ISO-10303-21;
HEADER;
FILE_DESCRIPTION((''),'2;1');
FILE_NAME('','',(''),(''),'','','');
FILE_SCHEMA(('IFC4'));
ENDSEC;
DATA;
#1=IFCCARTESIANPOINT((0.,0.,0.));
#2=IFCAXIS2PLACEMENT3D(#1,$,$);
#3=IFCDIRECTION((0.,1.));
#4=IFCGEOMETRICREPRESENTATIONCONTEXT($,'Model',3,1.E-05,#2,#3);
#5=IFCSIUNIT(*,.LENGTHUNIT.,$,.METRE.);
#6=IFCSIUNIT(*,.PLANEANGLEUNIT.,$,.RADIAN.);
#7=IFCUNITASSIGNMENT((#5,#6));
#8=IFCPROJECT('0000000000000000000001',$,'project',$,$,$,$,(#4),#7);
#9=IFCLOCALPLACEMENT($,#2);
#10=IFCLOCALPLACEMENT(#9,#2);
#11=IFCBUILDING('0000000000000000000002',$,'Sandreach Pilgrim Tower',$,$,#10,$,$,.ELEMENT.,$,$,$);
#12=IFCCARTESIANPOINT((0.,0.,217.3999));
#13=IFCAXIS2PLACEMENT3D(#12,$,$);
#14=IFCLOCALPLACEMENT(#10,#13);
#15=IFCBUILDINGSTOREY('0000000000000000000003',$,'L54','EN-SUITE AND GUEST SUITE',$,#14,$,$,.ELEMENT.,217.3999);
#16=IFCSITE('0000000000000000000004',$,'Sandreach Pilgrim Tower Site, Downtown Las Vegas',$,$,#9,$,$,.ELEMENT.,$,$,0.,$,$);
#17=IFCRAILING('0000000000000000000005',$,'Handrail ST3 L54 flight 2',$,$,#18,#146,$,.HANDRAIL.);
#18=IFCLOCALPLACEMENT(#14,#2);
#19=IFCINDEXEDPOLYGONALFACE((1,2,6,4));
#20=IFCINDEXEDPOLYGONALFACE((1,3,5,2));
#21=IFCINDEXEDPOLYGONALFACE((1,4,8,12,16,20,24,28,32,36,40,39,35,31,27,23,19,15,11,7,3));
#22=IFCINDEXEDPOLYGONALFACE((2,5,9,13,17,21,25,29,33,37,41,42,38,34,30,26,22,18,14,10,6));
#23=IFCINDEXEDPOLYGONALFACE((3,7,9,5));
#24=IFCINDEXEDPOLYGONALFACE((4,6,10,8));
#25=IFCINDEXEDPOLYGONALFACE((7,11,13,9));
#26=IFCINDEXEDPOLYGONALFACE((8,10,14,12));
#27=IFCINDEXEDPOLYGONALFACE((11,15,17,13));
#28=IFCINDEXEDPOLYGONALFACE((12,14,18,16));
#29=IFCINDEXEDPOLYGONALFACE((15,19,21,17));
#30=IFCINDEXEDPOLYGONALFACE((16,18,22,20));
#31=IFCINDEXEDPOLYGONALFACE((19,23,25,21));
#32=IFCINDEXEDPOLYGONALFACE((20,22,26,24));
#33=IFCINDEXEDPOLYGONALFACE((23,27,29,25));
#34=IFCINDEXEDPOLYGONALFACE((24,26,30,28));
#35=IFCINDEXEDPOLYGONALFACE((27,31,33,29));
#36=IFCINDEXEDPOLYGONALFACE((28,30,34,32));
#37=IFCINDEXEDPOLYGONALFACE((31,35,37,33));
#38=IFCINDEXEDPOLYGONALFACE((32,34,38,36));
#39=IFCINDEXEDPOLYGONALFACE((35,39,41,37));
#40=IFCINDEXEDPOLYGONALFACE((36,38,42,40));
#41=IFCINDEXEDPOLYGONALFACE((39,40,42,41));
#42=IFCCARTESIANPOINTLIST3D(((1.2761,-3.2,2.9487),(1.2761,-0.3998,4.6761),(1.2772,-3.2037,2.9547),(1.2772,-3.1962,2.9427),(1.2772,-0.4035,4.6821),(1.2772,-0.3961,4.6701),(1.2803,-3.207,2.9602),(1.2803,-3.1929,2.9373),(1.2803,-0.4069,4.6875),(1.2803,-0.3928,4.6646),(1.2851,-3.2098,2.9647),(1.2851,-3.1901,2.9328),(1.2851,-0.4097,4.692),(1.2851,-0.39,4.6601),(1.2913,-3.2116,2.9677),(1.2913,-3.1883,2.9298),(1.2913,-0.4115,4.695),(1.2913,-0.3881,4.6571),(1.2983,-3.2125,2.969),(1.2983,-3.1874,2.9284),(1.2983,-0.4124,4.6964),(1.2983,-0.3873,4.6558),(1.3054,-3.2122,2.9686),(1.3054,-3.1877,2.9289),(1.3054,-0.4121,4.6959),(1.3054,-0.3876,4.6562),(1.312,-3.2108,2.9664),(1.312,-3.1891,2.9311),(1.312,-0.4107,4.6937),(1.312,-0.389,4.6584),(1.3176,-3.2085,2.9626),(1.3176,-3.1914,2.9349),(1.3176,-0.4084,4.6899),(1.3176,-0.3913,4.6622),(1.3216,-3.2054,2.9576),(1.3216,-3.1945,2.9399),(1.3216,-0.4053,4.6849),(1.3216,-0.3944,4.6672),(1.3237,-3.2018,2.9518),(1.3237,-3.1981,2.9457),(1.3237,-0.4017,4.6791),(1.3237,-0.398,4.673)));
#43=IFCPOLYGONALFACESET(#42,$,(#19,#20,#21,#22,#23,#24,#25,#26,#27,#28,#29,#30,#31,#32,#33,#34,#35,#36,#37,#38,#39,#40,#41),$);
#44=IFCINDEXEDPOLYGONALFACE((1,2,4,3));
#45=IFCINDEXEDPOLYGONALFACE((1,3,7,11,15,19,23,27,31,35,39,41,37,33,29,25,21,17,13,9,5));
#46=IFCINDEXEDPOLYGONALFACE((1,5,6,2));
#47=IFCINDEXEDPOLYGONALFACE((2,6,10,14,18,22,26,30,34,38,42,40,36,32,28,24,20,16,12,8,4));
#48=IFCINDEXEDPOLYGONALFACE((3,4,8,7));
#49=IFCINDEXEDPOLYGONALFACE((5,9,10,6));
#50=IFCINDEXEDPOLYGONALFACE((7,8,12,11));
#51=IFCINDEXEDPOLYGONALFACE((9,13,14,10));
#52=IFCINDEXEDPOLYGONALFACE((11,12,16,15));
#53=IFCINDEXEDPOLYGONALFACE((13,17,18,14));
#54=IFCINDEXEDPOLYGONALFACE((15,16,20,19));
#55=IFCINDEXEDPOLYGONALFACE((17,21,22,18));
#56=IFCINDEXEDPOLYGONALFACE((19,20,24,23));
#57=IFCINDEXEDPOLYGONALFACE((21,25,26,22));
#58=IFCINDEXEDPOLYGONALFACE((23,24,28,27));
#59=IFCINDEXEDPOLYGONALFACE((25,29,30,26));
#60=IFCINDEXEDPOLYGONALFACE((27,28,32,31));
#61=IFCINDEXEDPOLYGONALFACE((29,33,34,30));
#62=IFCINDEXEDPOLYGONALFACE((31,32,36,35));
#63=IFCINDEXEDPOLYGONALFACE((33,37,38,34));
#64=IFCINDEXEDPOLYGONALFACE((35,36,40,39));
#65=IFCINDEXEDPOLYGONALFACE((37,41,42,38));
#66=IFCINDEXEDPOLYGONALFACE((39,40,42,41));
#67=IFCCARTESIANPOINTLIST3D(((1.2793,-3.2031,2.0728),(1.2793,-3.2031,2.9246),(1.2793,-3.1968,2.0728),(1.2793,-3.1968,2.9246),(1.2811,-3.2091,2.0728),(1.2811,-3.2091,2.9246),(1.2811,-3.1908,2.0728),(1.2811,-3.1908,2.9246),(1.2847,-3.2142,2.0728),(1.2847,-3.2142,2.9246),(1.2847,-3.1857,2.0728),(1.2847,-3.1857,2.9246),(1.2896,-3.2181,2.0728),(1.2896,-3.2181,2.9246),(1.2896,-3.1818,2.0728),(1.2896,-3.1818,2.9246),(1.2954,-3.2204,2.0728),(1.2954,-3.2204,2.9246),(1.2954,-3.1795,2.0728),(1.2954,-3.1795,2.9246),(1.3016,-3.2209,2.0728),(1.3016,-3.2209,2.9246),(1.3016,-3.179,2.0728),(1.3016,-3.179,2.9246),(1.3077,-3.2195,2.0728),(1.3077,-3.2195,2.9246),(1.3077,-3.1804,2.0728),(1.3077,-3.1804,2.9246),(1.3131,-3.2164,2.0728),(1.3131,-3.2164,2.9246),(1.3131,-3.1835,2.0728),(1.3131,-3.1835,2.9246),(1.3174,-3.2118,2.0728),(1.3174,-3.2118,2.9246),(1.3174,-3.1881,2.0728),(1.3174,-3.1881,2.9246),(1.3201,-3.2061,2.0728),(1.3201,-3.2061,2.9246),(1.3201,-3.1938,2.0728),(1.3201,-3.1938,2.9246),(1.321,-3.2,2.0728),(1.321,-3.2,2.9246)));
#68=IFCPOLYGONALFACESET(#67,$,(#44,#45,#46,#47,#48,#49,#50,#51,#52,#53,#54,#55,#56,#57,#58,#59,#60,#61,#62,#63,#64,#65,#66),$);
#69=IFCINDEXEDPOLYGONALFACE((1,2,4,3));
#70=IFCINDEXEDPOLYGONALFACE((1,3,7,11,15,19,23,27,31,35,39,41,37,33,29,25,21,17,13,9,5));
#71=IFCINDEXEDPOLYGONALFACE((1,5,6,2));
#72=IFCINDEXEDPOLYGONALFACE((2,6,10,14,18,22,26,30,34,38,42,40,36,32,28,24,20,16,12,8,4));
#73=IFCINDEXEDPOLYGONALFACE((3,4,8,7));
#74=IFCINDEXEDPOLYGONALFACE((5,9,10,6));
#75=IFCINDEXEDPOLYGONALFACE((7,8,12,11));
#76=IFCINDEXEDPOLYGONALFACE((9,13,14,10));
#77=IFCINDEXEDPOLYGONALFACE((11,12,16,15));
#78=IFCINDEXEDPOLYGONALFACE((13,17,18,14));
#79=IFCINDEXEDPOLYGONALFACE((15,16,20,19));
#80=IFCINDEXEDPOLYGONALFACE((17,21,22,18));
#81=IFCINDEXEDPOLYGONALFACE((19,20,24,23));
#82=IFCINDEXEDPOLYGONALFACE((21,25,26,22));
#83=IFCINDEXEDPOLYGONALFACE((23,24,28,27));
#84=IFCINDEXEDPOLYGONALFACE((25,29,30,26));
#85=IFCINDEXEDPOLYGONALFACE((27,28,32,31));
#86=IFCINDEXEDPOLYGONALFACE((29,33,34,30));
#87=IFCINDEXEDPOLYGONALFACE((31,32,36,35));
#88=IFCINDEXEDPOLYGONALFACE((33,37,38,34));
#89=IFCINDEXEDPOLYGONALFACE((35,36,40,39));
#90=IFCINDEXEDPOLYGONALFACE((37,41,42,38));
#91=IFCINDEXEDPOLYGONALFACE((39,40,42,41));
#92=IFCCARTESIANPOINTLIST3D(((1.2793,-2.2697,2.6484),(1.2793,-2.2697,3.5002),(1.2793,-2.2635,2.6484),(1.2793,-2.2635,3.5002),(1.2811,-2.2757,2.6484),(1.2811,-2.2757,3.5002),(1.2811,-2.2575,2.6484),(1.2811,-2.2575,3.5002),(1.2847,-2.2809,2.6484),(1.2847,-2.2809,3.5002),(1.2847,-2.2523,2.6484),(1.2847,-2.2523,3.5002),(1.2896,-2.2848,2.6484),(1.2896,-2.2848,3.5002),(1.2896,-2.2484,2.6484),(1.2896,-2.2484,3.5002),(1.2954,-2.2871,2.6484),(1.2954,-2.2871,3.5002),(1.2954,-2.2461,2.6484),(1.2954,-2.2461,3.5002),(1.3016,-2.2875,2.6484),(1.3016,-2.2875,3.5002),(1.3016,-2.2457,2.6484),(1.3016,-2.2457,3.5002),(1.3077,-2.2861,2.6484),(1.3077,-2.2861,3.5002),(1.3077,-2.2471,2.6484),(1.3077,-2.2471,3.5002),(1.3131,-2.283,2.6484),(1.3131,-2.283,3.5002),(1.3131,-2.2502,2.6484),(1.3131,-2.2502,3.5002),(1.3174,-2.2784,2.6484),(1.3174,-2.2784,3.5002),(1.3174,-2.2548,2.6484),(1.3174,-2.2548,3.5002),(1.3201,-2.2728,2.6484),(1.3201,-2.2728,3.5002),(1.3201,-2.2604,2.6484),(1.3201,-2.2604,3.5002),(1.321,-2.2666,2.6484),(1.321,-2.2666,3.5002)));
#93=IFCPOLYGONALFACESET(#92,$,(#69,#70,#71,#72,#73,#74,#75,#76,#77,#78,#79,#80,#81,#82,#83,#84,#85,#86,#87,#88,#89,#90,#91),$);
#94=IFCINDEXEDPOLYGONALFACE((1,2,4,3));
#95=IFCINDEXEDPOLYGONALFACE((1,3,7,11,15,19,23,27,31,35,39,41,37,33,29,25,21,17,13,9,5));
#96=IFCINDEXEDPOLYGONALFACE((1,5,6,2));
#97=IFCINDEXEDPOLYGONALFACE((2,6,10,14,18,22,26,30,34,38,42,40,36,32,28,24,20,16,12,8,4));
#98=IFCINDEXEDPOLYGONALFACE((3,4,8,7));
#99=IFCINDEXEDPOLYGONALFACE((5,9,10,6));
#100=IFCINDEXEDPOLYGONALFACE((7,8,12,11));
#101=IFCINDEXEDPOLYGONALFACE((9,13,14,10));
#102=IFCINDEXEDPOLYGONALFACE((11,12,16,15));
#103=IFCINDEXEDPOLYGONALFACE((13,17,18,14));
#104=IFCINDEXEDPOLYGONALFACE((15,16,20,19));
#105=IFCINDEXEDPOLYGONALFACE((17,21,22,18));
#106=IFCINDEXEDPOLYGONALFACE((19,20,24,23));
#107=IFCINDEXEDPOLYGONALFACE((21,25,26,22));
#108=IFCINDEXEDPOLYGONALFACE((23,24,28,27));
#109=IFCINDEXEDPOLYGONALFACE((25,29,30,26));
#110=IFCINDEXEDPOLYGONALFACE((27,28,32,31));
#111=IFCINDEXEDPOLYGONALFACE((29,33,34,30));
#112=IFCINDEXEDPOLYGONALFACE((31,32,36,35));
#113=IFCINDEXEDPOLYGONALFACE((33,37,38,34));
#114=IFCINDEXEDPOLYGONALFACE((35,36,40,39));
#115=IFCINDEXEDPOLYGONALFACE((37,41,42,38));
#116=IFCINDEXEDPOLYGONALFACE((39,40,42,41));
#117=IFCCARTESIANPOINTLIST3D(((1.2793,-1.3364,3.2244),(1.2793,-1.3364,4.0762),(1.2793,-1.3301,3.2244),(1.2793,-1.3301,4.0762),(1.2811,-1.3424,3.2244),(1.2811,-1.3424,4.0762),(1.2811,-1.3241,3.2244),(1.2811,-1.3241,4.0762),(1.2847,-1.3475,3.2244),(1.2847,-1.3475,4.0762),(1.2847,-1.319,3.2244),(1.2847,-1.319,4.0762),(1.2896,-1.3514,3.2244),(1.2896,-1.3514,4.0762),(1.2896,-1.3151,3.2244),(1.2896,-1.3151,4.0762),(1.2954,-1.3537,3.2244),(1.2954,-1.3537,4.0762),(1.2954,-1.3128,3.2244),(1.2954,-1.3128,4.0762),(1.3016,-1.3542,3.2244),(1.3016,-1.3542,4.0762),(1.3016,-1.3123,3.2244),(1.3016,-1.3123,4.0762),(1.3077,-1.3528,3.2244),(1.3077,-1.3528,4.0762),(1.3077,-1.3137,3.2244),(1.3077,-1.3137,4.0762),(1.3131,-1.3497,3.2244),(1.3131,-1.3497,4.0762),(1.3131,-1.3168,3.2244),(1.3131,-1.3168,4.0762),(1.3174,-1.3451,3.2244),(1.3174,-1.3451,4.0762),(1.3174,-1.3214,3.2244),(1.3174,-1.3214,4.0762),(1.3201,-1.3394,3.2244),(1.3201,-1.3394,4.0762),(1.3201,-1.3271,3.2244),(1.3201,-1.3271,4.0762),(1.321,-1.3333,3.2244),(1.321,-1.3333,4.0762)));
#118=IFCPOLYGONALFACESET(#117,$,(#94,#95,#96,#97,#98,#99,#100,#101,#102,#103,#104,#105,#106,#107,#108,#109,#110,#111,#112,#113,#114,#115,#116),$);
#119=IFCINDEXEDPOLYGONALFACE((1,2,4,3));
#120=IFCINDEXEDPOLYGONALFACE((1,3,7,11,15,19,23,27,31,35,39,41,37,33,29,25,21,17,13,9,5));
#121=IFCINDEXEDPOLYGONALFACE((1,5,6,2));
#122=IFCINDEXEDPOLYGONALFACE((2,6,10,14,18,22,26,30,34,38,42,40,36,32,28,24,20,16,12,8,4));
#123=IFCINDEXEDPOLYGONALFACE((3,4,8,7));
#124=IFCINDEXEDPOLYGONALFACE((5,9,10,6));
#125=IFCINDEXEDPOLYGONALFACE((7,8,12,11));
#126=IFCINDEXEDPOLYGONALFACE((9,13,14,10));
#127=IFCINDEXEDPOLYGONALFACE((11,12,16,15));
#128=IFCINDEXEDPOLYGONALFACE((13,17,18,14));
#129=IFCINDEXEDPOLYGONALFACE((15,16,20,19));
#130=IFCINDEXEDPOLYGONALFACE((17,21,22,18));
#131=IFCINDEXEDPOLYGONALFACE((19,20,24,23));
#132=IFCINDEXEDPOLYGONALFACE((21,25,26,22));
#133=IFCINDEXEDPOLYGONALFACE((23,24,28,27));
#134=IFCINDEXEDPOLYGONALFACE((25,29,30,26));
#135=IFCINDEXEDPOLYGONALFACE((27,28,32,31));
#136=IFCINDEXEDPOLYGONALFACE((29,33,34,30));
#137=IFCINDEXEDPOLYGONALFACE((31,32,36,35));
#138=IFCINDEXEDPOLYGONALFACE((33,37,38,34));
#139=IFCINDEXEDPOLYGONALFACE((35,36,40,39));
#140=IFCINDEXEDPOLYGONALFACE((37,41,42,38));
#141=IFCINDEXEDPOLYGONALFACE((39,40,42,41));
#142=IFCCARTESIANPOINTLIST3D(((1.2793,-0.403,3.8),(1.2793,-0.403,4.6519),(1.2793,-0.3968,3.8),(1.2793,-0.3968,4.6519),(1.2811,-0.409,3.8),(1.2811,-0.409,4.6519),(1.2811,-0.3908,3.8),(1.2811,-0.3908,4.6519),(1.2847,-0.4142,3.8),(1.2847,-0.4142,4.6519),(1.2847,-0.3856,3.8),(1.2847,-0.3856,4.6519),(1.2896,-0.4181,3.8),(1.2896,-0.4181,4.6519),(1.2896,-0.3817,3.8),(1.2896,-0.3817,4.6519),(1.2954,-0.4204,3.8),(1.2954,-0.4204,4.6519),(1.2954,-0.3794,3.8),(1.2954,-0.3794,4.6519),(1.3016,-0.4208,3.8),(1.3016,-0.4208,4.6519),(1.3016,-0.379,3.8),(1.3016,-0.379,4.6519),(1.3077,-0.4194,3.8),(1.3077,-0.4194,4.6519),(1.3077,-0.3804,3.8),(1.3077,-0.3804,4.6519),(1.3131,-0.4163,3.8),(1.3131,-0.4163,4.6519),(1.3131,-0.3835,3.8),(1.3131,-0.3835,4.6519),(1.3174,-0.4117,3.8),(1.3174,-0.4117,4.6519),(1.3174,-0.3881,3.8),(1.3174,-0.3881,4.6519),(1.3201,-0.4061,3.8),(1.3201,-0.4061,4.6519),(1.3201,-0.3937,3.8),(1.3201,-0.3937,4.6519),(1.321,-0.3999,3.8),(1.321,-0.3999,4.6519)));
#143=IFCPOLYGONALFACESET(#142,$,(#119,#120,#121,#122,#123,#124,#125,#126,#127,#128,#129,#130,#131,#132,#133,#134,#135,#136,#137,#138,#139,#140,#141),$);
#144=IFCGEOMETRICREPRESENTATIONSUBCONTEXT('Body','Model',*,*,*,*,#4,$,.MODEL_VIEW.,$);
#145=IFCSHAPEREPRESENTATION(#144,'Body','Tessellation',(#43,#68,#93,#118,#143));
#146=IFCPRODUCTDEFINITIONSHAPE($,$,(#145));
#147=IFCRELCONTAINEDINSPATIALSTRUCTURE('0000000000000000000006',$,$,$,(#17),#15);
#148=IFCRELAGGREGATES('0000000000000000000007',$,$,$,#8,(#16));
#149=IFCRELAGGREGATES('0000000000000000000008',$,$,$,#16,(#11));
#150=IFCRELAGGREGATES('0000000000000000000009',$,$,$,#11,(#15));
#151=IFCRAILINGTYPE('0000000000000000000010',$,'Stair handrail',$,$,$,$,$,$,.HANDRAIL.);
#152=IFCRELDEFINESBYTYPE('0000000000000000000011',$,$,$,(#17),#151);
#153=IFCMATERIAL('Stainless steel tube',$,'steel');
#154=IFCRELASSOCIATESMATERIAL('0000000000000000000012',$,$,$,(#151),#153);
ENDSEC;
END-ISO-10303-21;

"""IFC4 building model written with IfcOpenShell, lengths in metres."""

from ifc_helpers import new_model, si_unit, direction, frame, origin, origin_2d, place, context, subcontext, project, spatial, circle, extrude, material, type_object, element, save


model = new_model("IFC4")

# Units and contexts
model_context = context("Model", 3, precision=1e-05, world=origin(), true_north=direction((0.0, 1.0)))
body_context = subcontext(model_context, "Body", "Model", "MODEL_VIEW")
ifc_project = project(units=[si_unit("LENGTHUNIT", "METRE"), si_unit("PLANEANGLEUNIT", "RADIAN")], contexts=[model_context])

# Site, building, storey
site_placement = place(None, origin())
site = spatial("IfcSite", under=ifc_project, at=site_placement, Name="Sandreach Pilgrim Tower Site, Downtown Las Vegas", CompositionType="ELEMENT", RefElevation=0.0)
building_placement = place(site_placement, origin())
building = spatial("IfcBuilding", under=site, at=building_placement, Name="Sandreach Pilgrim Tower", CompositionType="ELEMENT")
storey_placement = place(building_placement, frame((0.0, 0.0, 217.3999)))
storey = spatial("IfcBuildingStorey", under=building, at=storey_placement, Name="L54", Description="EN-SUITE AND GUEST SUITE", CompositionType="ELEMENT", Elevation=217.3999)

# Railing
ifc_material_1 = material(Name="Stainless steel tube", Category="steel")
railing_type = type_object("IfcRailingType", Name="Stair handrail", PredefinedType="HANDRAIL", material=ifc_material_1)
for number, where, name in (
    (1, (1.3, -3.2, 2.0728), "Handrail ST3 L54 flight 2"),
):
    element("IfcRailing", number, at=place(storey_placement, frame(where)), inside=storey, type_object=railing_type, Name=name, PredefinedType="HANDRAIL", context=body_context, shape_type="SweptSolid", body=[
        extrude(circle(Radius=0.0239, at=origin_2d()), frame((0.0, 0.0, 0.876), z_axis=(0.0, 0.85109, 0.52502), x_axis=(-1.0, 0.0, 0.0)), (0.0, 0.0, 1.0), 3.29),
        extrude(circle(Radius=0.021, at=origin_2d()), origin(), (0.0, 0.0, 1.0), 0.8518),
        extrude(circle(Radius=0.021, at=origin_2d()), frame((0.0, 0.9333, 0.5757)), (0.0, 0.0, 1.0), 0.8518),
        extrude(circle(Radius=0.021, at=origin_2d()), frame((0.0, 1.8667, 1.1516)), (0.0, 0.0, 1.0), 0.8518),
        extrude(circle(Radius=0.021, at=origin_2d()), frame((0.0, 2.8, 1.7273)), (0.0, 0.0, 1.0), 0.8518),
    ])

save(model, "model.ifc")
